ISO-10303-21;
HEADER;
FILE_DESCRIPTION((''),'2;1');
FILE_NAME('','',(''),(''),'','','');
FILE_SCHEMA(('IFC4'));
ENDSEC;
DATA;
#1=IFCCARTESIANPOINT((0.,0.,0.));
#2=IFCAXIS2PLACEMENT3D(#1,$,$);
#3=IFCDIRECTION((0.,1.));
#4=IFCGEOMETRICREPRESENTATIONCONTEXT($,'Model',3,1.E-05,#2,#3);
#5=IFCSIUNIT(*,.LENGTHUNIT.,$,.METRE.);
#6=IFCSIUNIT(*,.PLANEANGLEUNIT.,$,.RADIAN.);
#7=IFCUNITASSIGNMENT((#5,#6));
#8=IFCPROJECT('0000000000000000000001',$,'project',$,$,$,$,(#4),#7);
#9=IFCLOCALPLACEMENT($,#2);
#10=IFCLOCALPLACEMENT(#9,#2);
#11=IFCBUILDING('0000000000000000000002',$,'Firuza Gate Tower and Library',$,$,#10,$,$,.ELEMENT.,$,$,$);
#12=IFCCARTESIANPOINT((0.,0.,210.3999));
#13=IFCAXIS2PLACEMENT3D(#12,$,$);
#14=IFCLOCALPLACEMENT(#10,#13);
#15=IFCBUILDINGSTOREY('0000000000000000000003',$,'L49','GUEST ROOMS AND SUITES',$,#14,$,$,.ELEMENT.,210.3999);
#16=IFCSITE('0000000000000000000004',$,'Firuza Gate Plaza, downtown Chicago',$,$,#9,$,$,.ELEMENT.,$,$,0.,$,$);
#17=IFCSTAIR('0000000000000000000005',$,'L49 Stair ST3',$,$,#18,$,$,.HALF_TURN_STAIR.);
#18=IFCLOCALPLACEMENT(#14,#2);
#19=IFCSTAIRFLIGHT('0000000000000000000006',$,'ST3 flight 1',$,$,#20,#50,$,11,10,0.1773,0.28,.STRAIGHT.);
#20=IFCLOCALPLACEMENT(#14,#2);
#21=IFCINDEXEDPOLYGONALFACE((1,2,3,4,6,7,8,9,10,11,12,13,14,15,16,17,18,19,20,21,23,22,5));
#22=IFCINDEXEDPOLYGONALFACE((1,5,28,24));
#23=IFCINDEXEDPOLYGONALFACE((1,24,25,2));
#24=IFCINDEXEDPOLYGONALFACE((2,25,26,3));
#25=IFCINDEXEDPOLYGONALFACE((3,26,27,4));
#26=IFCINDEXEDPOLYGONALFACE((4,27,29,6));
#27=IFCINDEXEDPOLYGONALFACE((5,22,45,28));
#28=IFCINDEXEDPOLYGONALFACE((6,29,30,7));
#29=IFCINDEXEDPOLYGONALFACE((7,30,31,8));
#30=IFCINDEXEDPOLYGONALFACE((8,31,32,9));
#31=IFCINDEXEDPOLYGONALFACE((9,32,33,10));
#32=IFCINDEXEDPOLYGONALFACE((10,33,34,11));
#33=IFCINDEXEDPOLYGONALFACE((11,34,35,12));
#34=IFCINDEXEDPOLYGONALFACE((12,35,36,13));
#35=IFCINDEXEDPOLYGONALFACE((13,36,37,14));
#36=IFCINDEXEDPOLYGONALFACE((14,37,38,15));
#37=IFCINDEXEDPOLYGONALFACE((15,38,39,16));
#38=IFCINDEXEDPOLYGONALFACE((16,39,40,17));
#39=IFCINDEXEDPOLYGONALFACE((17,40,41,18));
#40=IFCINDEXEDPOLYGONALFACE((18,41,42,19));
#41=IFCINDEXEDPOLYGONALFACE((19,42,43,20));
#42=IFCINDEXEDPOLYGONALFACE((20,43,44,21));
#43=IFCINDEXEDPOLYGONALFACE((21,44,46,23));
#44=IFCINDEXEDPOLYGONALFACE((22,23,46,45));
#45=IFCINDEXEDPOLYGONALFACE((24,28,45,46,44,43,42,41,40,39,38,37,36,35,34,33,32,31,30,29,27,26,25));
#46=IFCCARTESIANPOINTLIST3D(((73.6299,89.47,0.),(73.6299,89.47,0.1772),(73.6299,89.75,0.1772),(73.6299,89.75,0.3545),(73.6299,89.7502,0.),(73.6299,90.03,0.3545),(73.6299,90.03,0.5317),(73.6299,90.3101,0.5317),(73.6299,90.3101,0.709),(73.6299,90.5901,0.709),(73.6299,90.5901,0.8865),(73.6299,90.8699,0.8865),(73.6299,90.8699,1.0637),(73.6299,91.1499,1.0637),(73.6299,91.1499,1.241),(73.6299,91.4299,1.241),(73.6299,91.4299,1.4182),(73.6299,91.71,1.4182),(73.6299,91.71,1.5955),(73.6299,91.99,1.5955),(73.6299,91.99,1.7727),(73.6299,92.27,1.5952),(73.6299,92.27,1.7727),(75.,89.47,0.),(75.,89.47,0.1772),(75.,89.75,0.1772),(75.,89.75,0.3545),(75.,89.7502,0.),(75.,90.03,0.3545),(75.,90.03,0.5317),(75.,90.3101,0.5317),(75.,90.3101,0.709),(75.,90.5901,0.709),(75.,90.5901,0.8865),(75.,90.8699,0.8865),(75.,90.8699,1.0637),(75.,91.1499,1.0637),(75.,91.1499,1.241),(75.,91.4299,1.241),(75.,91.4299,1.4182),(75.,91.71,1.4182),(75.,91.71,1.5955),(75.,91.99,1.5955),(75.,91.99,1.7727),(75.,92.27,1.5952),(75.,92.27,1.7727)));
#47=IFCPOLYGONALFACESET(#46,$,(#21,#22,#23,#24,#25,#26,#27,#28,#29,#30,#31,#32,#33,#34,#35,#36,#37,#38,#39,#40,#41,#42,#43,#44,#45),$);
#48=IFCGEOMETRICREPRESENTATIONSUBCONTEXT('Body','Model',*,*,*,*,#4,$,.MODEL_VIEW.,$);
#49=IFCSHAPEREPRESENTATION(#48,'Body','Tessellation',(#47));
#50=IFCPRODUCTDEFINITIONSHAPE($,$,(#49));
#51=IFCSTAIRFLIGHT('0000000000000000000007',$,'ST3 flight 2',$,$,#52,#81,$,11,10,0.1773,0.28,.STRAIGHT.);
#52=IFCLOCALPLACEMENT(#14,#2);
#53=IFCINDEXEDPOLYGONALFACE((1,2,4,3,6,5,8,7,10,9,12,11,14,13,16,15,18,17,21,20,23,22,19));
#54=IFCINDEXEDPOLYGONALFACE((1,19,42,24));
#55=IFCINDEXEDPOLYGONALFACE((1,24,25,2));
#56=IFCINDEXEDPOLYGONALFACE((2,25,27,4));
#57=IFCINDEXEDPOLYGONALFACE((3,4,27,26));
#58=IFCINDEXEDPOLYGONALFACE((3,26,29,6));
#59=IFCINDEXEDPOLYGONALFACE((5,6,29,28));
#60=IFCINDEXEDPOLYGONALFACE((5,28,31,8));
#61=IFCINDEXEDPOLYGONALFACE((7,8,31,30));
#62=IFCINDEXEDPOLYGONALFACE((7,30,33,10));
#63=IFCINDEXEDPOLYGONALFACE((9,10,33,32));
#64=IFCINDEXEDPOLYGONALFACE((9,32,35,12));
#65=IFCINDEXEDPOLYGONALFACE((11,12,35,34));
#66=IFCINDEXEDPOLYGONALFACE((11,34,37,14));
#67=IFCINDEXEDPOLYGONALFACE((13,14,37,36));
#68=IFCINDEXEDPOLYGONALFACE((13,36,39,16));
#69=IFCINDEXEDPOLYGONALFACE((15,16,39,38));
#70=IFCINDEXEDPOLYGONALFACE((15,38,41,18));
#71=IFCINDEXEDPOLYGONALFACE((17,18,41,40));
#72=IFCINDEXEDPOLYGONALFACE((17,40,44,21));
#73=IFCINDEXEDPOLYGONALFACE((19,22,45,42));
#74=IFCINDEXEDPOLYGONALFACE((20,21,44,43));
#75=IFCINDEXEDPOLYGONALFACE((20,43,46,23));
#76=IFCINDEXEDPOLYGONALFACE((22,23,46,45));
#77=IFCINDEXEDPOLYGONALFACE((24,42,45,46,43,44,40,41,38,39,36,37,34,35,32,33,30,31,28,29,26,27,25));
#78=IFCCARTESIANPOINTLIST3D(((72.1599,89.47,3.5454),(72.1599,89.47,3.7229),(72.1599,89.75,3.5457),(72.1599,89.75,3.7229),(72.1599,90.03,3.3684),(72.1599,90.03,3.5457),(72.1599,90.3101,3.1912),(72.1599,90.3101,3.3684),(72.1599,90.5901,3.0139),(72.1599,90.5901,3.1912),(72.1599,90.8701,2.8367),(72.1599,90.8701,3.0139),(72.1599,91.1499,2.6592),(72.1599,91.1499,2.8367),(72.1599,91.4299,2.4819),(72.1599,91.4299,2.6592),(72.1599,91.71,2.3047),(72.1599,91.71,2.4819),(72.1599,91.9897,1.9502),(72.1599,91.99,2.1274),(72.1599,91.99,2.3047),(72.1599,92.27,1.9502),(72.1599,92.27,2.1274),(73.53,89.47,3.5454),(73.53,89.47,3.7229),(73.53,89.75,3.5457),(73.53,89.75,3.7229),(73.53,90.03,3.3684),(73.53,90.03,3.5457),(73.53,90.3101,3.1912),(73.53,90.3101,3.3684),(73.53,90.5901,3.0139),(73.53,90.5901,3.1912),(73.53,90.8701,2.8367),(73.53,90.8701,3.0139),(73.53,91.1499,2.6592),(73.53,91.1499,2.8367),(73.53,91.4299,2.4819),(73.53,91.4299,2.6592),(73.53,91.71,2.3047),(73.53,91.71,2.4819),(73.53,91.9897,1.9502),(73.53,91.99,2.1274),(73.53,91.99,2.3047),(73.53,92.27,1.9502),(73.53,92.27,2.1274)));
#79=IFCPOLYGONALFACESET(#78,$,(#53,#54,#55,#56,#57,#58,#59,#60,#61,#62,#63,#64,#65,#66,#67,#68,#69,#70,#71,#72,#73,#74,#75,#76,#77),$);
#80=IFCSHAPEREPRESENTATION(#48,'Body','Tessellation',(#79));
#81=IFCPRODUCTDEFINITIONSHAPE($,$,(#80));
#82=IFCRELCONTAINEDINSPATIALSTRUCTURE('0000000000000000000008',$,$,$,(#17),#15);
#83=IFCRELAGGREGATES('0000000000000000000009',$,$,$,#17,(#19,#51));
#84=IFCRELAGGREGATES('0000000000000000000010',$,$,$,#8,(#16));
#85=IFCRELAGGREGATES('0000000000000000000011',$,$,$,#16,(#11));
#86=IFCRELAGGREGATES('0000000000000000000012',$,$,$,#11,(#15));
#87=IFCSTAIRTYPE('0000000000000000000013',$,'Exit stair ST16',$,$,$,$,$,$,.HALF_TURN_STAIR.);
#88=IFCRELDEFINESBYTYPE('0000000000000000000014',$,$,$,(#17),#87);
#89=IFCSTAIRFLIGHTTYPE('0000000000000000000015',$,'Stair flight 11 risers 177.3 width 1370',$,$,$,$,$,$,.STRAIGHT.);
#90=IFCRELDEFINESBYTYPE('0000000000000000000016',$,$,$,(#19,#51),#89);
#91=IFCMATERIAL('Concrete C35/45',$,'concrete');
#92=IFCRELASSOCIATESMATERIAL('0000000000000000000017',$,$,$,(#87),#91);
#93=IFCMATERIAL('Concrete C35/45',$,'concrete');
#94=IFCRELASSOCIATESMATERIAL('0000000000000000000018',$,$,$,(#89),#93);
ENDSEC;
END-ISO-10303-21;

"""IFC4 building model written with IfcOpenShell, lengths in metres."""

from ifc_helpers import new_model, si_unit, direction, frame, origin, place, context, subcontext, project, spatial, polyline, outline, extrude, material, type_object, element, aggregate, save


model = new_model("IFC4")

# Units and contexts
model_context = context("Model", 3, precision=1e-05, world=origin(), true_north=direction((0.0, 1.0)))
body_context = subcontext(model_context, "Body", "Model", "MODEL_VIEW")
ifc_project = project(units=[si_unit("LENGTHUNIT", "METRE"), si_unit("PLANEANGLEUNIT", "RADIAN")], contexts=[model_context])

# Site, building, storey
site_placement = place(None, origin())
site = spatial("IfcSite", under=ifc_project, at=site_placement, Name="Firuza Gate Plaza, downtown Chicago", CompositionType="ELEMENT", RefElevation=0.0)
building_placement = place(site_placement, origin())
building = spatial("IfcBuilding", under=site, at=building_placement, Name="Firuza Gate Tower and Library", CompositionType="ELEMENT")
storey_placement = place(building_placement, frame((0.0, 0.0, 210.3999)))
storey = spatial("IfcBuildingStorey", under=building, at=storey_placement, Name="L49", Description="GUEST ROOMS AND SUITES", CompositionType="ELEMENT", Elevation=210.3999)

# Shared definitions
placement = place(storey_placement, origin())

# Stair, stair flights
ifc_material_1 = material(Name="Concrete C35/45", Category="concrete")
stair_type = type_object("IfcStairType", Name="Exit stair ST16", PredefinedType="HALF_TURN_STAIR", material=ifc_material_1)
stair = element("IfcStair", 1, at=placement, inside=storey, type_object=stair_type, Name="L49 Stair ST3", PredefinedType="HALF_TURN_STAIR")
ifc_material_2 = material(Name="Concrete C35/45", Category="concrete")
stair_flight_type = type_object("IfcStairFlightType", Name="Stair flight 11 risers 177.3 width 1370", PredefinedType="STRAIGHT", material=ifc_material_2)
stair_flight_1_placement = place(storey_placement, frame((74.3149, 89.47, 0.0), z_axis=(0.0, 0.0, 1.0), x_axis=(0.0, 1.0, 0.0)))
stair_flight_1 = element("IfcStairFlight", 2, at=stair_flight_1_placement, type_object=stair_flight_type, Name="ST3 flight 1", NumberOfRisers=11, NumberOfTreads=10, PredefinedType="STRAIGHT", RiserHeight=0.1773, TreadLength=0.28, context=body_context, shape_type="SweptSolid", body=[
    extrude(outline(polyline([(0.0, 0.0), (0.0, 0.1772), (0.28, 0.1772), (0.28, 0.3545), (0.5601, 0.3545), (0.5601, 0.5317), (0.8401, 0.5317), (0.8401, 0.709), (1.1201, 0.709), (1.1201, 0.8865), (1.3999, 0.8865), (1.3999, 1.0637), (1.6799, 1.0637), (1.6799, 1.241), (1.96, 1.241), (1.96, 1.4182), (2.24, 1.4182), (2.24, 1.5955), (2.52, 1.5955), (2.52, 1.7727), (2.8, 1.7727), (2.8, 1.95), (2.8, 1.5952), (0.2803, 0.0), (0.0, 0.0)])), frame((0.0, 0.6851, 0.0), z_axis=(0.0, -1.0, 0.0), x_axis=(1.0, 0.0, 0.0)), (0.0, 0.0, 1.0), 1.3701),
])
stair_flight_2_placement = place(storey_placement, frame((72.845, 92.27, 1.9502), z_axis=(0.0, 0.0, 1.0), x_axis=(0.0, -1.0, 0.0)))
stair_flight_2 = element("IfcStairFlight", 3, at=stair_flight_2_placement, type_object=stair_flight_type, Name="ST3 flight 2", NumberOfRisers=11, NumberOfTreads=10, PredefinedType="STRAIGHT", RiserHeight=0.1773, TreadLength=0.28, context=body_context, shape_type="SweptSolid", body=[
    extrude(outline(polyline([(0.0, 0.0), (0.0, 0.1772), (0.28, 0.1772), (0.28, 0.3545), (0.5601, 0.3545), (0.5601, 0.5317), (0.8401, 0.5317), (0.8401, 0.709), (1.1201, 0.709), (1.1201, 0.8865), (1.3999, 0.8865), (1.3999, 1.0637), (1.6799, 1.0637), (1.6799, 1.241), (1.96, 1.241), (1.96, 1.4182), (2.24, 1.4182), (2.24, 1.5955), (2.52, 1.5955), (2.52, 1.7727), (2.8, 1.7727), (2.8, 1.95), (2.8, 1.5952), (0.2803, 0.0), (0.0, 0.0)])), frame((0.0, 0.6851, 0.0), z_axis=(0.0, -1.0, 0.0), x_axis=(1.0, 0.0, 0.0)), (0.0, 0.0, 1.0), 1.3701),
])
aggregate(stair, [stair_flight_1, stair_flight_2])

save(model, "model.ifc")
